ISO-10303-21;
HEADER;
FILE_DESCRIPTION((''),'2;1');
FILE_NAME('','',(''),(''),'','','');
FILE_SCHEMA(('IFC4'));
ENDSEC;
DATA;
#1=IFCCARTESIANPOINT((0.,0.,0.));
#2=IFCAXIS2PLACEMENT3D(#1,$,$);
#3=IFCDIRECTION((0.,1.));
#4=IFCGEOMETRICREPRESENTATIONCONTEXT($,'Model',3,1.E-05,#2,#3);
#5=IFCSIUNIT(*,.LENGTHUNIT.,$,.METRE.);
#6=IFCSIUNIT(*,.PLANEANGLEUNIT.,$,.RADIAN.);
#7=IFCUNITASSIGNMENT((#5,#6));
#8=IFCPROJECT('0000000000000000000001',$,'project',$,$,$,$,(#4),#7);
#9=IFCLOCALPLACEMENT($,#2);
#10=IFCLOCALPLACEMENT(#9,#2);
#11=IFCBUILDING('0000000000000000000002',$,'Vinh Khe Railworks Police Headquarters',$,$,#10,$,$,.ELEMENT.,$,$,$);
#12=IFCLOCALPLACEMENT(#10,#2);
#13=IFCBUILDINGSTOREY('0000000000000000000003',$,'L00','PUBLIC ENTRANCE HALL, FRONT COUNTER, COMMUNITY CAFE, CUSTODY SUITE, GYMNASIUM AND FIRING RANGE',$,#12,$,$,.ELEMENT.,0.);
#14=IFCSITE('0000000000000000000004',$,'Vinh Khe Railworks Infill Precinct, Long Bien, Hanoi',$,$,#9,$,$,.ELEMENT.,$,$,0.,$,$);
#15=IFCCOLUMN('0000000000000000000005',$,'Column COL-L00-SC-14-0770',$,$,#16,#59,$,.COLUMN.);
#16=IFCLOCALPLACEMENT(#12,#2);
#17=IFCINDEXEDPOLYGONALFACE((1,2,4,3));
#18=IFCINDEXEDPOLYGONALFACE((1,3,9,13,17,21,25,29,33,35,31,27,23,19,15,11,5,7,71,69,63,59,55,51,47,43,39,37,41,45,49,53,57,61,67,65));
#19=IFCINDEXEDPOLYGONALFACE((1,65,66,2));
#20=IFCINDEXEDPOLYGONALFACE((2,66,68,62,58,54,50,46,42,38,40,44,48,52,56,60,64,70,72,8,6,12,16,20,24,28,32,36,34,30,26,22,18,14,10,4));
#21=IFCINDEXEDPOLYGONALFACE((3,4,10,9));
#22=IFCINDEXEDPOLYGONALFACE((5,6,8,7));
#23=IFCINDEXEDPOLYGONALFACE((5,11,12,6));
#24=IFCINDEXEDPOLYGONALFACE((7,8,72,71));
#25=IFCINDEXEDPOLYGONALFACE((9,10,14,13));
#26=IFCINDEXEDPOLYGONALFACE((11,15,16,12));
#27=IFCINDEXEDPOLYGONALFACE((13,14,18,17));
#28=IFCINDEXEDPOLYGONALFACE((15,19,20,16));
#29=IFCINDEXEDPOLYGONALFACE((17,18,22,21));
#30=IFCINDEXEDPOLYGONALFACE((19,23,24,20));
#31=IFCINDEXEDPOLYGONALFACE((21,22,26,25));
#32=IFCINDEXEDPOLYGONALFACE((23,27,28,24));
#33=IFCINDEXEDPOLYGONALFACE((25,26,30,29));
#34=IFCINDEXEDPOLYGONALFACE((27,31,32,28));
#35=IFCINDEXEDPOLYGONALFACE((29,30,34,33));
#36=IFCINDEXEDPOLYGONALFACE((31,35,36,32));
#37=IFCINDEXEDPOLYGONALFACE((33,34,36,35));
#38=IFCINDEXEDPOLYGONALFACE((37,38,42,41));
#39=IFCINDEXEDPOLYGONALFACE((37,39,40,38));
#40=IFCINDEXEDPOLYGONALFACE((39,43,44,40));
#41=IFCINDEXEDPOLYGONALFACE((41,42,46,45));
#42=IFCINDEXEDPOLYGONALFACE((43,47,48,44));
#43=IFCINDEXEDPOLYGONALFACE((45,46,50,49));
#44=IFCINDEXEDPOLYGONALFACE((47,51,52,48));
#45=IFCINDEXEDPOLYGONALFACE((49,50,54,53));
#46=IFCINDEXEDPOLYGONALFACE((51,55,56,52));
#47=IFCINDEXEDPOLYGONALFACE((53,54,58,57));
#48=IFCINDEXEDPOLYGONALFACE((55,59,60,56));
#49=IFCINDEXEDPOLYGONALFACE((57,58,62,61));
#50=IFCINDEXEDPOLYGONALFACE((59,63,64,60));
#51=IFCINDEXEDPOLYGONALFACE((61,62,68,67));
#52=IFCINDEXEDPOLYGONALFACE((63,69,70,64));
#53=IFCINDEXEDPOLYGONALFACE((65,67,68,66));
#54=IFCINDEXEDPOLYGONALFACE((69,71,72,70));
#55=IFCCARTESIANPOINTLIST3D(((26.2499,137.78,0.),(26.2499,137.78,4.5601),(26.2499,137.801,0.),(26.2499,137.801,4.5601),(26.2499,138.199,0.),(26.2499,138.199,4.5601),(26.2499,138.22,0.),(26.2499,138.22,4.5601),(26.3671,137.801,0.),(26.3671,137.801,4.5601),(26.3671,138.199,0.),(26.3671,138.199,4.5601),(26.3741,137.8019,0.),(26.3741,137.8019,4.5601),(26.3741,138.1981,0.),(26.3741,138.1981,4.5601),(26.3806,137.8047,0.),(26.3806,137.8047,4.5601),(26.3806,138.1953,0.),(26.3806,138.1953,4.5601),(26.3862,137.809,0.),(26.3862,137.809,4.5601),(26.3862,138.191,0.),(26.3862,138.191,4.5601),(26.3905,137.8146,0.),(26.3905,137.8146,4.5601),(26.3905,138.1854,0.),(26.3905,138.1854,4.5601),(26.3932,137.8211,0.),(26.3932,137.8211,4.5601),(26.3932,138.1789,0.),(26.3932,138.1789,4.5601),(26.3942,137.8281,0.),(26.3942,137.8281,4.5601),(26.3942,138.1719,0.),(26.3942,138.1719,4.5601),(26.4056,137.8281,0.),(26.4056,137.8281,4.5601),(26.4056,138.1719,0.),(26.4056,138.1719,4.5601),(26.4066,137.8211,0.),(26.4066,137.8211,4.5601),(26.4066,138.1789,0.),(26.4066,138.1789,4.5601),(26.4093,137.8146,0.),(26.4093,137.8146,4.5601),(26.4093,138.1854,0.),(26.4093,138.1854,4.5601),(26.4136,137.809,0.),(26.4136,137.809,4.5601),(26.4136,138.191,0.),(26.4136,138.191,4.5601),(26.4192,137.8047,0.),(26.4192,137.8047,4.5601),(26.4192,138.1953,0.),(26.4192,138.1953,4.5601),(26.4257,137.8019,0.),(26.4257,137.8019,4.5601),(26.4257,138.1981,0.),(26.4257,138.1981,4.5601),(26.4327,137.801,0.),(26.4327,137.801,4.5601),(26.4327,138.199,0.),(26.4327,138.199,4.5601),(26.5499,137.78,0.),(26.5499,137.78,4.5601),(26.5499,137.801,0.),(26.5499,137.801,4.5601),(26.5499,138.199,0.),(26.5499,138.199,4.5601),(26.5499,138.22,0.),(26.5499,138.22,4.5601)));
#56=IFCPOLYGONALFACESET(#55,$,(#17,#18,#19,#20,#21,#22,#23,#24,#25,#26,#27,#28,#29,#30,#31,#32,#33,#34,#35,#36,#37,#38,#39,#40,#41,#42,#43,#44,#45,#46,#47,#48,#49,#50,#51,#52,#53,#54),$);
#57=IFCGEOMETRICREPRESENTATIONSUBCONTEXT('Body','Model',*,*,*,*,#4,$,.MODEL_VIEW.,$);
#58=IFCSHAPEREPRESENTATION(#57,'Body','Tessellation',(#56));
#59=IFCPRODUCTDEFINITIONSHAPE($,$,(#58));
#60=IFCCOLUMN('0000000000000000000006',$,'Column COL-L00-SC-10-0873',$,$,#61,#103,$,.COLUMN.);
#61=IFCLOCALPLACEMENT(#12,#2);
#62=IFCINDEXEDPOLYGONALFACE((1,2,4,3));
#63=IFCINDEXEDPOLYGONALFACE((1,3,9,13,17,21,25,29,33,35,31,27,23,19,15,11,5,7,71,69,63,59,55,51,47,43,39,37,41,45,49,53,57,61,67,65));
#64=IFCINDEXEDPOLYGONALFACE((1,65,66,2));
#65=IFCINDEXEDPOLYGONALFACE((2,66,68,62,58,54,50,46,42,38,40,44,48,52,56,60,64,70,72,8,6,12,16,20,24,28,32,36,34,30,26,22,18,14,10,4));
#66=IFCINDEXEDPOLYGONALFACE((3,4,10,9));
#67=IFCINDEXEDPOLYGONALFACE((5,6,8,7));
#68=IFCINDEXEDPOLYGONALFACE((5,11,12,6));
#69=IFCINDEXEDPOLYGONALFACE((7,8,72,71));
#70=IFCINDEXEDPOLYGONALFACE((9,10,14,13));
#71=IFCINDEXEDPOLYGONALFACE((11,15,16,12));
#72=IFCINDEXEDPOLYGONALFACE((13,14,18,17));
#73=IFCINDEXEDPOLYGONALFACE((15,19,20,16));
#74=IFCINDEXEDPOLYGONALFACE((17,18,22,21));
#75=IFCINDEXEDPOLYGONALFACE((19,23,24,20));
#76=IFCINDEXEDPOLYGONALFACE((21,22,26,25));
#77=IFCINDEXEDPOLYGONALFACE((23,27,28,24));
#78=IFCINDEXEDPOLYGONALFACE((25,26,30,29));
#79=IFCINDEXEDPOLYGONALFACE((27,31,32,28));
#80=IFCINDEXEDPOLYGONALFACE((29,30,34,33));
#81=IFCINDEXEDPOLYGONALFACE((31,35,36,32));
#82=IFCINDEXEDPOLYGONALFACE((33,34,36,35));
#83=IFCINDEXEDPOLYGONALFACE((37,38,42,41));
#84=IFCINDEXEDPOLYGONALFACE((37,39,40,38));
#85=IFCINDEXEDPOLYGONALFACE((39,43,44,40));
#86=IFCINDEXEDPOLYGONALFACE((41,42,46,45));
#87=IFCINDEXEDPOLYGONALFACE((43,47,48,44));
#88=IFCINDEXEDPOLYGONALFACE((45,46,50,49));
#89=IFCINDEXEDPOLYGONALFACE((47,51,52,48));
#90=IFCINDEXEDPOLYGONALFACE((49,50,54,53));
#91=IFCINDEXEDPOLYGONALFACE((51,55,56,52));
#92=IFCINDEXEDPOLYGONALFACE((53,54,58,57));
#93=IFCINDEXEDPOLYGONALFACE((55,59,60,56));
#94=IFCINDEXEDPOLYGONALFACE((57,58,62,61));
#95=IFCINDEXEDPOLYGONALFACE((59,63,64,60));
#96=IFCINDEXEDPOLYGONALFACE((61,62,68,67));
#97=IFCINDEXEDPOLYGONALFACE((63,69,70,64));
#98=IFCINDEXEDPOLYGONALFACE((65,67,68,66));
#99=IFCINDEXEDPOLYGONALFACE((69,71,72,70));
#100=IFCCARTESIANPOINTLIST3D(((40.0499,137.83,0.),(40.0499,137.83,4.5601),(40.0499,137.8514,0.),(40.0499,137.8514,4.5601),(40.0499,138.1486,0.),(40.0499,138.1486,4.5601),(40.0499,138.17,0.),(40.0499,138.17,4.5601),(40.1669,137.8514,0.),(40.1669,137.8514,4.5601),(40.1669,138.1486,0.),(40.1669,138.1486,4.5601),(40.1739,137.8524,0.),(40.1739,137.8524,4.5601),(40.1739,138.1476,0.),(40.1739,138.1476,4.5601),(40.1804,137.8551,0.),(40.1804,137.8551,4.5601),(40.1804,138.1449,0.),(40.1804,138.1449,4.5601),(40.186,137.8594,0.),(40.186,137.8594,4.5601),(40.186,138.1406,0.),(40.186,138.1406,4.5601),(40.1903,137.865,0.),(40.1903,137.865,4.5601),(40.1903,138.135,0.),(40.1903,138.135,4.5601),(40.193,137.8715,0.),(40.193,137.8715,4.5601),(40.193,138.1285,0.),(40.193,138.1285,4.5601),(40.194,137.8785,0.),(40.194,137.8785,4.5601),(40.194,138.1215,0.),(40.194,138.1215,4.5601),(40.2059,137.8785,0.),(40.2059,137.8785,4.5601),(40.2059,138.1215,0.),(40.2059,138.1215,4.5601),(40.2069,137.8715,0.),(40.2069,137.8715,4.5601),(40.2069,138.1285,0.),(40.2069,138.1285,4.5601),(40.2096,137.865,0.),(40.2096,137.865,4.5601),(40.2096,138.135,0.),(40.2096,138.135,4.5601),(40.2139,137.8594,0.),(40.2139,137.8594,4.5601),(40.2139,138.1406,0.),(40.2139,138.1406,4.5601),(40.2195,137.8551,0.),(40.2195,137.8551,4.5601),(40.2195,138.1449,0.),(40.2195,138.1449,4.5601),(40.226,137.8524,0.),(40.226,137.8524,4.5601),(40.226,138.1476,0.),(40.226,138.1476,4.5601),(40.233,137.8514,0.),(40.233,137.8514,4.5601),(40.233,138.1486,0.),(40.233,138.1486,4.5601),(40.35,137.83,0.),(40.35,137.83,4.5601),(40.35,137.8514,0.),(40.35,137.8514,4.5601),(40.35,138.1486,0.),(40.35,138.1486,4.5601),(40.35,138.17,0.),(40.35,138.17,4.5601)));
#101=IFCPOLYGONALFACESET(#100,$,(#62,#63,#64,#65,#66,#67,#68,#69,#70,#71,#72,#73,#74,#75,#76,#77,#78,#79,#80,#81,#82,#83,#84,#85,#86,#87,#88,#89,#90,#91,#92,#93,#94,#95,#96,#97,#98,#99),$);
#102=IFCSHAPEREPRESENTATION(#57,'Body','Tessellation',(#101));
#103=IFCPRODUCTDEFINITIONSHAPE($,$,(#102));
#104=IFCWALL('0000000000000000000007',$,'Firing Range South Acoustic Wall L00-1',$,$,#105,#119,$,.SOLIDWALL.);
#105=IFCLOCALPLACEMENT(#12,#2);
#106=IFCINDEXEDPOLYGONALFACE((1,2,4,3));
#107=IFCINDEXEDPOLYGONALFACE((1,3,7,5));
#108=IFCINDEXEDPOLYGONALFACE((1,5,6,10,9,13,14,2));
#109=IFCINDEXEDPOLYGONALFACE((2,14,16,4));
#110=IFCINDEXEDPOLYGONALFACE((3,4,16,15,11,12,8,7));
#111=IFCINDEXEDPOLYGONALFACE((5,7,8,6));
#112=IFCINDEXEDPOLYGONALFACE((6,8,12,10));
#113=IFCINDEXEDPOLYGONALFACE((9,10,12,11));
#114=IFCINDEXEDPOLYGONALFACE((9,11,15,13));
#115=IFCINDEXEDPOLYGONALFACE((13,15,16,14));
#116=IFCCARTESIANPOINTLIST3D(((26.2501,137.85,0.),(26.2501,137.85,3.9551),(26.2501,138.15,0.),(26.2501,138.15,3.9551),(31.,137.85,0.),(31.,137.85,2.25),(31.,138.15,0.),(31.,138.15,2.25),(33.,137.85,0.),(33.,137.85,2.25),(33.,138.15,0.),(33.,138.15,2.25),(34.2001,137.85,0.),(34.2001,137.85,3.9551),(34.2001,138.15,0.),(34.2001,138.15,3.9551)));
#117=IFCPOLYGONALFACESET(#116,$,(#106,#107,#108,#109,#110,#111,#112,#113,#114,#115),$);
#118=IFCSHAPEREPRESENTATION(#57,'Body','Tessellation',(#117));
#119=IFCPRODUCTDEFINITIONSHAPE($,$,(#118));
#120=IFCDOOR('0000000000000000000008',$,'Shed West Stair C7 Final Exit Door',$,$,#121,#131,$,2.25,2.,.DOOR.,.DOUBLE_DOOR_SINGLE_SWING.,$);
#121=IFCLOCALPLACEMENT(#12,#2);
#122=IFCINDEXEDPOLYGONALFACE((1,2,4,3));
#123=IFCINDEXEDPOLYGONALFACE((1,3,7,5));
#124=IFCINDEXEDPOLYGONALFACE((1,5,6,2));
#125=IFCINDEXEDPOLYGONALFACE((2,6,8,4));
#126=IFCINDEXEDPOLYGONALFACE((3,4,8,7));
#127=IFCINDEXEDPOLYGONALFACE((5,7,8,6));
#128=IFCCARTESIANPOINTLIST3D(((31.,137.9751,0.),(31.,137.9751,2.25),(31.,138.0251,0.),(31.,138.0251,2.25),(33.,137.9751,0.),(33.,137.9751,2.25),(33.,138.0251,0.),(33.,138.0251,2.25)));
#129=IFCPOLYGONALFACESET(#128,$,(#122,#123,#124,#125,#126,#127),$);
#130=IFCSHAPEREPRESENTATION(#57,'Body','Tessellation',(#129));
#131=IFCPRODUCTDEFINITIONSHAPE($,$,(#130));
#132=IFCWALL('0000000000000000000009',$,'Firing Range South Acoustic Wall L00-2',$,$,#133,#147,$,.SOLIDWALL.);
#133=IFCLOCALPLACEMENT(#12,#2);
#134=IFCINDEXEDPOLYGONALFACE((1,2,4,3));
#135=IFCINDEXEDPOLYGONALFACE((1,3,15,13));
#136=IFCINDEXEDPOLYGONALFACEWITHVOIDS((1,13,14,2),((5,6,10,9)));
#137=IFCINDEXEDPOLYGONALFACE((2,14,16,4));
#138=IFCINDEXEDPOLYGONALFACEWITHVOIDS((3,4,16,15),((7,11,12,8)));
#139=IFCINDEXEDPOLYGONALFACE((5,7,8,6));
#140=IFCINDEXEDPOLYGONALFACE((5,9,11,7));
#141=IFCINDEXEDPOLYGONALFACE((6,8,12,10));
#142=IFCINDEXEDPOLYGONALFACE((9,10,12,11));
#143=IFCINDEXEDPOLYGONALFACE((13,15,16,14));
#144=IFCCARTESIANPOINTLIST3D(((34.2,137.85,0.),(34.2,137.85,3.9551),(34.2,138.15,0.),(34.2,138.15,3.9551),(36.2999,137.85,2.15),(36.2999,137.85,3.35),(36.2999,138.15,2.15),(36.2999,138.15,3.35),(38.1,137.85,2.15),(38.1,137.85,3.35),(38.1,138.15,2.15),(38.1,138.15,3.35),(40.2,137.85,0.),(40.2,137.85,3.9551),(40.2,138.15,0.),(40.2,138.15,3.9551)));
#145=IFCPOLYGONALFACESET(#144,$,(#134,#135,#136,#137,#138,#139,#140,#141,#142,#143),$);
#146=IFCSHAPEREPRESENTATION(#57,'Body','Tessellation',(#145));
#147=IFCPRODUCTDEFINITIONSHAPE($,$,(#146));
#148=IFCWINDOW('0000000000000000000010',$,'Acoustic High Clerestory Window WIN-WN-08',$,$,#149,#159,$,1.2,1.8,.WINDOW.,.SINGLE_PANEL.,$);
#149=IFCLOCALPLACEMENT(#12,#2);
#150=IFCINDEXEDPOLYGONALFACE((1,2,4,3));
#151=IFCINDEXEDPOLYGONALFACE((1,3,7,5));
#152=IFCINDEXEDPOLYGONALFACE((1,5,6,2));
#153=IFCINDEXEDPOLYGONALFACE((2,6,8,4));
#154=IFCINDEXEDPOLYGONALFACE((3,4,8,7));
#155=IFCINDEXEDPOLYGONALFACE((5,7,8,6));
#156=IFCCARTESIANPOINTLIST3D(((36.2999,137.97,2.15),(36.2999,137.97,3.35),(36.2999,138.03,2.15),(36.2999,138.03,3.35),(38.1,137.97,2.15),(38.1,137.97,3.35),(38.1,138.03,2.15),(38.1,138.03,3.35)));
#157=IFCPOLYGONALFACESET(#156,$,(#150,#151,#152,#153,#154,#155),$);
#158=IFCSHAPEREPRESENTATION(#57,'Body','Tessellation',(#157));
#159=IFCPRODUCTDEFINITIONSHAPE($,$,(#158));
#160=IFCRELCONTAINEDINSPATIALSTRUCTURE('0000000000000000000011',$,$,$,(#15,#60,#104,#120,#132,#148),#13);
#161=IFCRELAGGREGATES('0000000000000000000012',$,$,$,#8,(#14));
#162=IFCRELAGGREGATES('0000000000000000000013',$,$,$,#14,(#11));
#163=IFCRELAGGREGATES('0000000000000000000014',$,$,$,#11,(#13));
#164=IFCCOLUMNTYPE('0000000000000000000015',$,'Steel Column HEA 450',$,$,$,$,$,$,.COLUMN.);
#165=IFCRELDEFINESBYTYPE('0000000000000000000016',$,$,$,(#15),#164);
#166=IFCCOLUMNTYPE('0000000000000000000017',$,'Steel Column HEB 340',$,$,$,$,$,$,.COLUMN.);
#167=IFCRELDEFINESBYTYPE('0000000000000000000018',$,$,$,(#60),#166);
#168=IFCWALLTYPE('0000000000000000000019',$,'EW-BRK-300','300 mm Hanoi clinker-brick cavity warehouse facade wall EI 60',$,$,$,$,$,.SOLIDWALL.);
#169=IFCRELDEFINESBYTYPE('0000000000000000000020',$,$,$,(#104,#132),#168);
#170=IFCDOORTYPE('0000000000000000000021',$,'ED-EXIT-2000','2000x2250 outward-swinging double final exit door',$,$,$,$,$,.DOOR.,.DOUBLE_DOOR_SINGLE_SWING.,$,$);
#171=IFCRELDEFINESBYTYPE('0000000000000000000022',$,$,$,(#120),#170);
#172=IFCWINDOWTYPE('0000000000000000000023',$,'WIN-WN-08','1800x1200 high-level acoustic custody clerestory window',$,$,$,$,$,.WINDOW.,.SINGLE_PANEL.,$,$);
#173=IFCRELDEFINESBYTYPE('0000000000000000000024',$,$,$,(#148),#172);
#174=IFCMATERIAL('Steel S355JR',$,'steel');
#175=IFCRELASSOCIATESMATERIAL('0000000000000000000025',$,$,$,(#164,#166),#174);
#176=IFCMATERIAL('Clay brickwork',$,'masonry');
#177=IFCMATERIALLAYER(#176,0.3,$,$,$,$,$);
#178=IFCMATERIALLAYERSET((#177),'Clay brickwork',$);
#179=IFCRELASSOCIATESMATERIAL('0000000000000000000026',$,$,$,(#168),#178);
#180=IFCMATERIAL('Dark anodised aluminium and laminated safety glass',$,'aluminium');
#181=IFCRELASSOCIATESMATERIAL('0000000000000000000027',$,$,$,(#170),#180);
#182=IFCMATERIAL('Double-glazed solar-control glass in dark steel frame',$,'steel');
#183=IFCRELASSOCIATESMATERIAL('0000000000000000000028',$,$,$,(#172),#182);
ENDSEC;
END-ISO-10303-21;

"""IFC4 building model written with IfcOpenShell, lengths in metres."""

from ifc_helpers import new_model, si_unit, direction, frame, frame_2d, origin, origin_2d, place, context, subcontext, project, spatial, rectangle, i_section, extrude, material, layer, layer_set, material_profile, profile_set, type_object, element, fill, save


model = new_model("IFC4")

# Units and contexts
model_context = context("Model", 3, precision=1e-05, world=origin(), true_north=direction((0.0, 1.0)))
body_context = subcontext(model_context, "Body", "Model", "MODEL_VIEW")
ifc_project = project(units=[si_unit("LENGTHUNIT", "METRE"), si_unit("PLANEANGLEUNIT", "RADIAN")], contexts=[model_context])

# Site, building, storey
site_placement = place(None, origin())
site = spatial("IfcSite", under=ifc_project, at=site_placement, Name="Vinh Khe Railworks Infill Precinct, Long Bien, Hanoi", CompositionType="ELEMENT", RefElevation=0.0)
building_placement = place(site_placement, origin())
building = spatial("IfcBuilding", under=site, at=building_placement, Name="Vinh Khe Railworks Police Headquarters", CompositionType="ELEMENT")
storey_placement = place(building_placement, origin())
storey = spatial("IfcBuildingStorey", under=building, at=storey_placement, Name="L00", Description="PUBLIC ENTRANCE HALL, FRONT COUNTER, COMMUNITY CAFE, CUSTODY SUITE, GYMNASIUM AND FIRING RANGE", CompositionType="ELEMENT", Elevation=0.0)

# Columns
ifc_material_1 = material(Name="Steel S355JR", Category="steel")
ifc_material_profile_1 = material_profile(ifc_material_1, i_section(OverallWidth=0.3, OverallDepth=0.4399, WebThickness=0.0115, FlangeThickness=0.021, FilletRadius=0.0271, at=origin_2d()), Name="HEA 450")
ifc_profile_set_1 = profile_set([ifc_material_profile_1], Name="Steel S355JR")
column_type_1 = type_object("IfcColumnType", Name="Steel Column HEA 450", PredefinedType="COLUMN", material=ifc_profile_set_1)
column_1_placement = place(storey_placement, frame((26.3999, 138.0, 0.0), z_axis=(0.0, 0.0, 1.0), x_axis=(1.0, 0.0, 0.0)))
element("IfcColumn", 1, at=column_1_placement, inside=storey, type_object=column_type_1, Name="Column COL-L00-SC-14-0770", PredefinedType="COLUMN", context=body_context, shape_type="SweptSolid", body=[
    extrude(i_section(OverallWidth=0.3, OverallDepth=0.4399, WebThickness=0.0115, FlangeThickness=0.021, FilletRadius=0.0271, at=origin_2d()), origin(), (0.0, 0.0, 1.0), 4.5601),
])
ifc_material_profile_2 = material_profile(ifc_material_1, i_section(OverallWidth=0.3, OverallDepth=0.3401, WebThickness=0.012, FlangeThickness=0.0215, FilletRadius=0.0271, at=origin_2d()), Name="HEB 340")
ifc_profile_set_2 = profile_set([ifc_material_profile_2], Name="Steel S355JR")
column_type_2 = type_object("IfcColumnType", Name="Steel Column HEB 340", PredefinedType="COLUMN", material=ifc_profile_set_2)
column_2_placement = place(storey_placement, frame((40.2, 138.0, 0.0), z_axis=(0.0, 0.0, 1.0), x_axis=(1.0, 0.0, 0.0)))
element("IfcColumn", 2, at=column_2_placement, inside=storey, type_object=column_type_2, Name="Column COL-L00-SC-10-0873", PredefinedType="COLUMN", context=body_context, shape_type="SweptSolid", body=[
    extrude(i_section(OverallWidth=0.3, OverallDepth=0.3401, WebThickness=0.012, FlangeThickness=0.0215, FilletRadius=0.0271, at=origin_2d()), origin(), (0.0, 0.0, 1.0), 4.5601),
])

# Wall, opening, door
ifc_material_2 = material(Name="Clay brickwork", Category="masonry")
ifc_layer = layer(ifc_material_2, 0.3)
ifc_layer_set = layer_set([ifc_layer], Name="Clay brickwork")
wall_type = type_object("IfcWallType", Name="EW-BRK-300", Description="300 mm Hanoi clinker-brick cavity warehouse facade wall EI 60", PredefinedType="SOLIDWALL", material=ifc_layer_set)
wall_1_placement = place(storey_placement, frame((26.25, 138.0, 0.0), z_axis=(0.0, 0.0, 1.0), x_axis=(1.0, 0.0, 0.0)))
wall_1 = element("IfcWall", 3, at=wall_1_placement, inside=storey, type_object=wall_type, Name="Firing Range South Acoustic Wall L00-1", PredefinedType="SOLIDWALL", context=body_context, shape_type="SweptSolid", body=[
    extrude(rectangle(XDim=7.95, YDim=0.3, at=frame_2d((3.9751, 0.0))), origin(), (0.0, 0.0, 1.0), 3.9551),
])
opening_1_placement = place(wall_1_placement, frame((4.75, 0.0, 0.0)))
opening_1 = element("IfcOpeningElement", 4, at=opening_1_placement, cuts=wall_1, PredefinedType="OPENING", context=body_context, shape_type="SweptSolid", body=[
    extrude(rectangle(XDim=2.0, YDim=2.25, at=frame_2d((1.0, 1.125))), frame((0.0, 0.165, 0.0), z_axis=(0.0, -1.0, 0.0), x_axis=(1.0, 0.0, 0.0)), (0.0, 0.0, 1.0), 0.3298),
])
ifc_material_3 = material(Name="Dark anodised aluminium and laminated safety glass", Category="aluminium")
door_type = type_object("IfcDoorType", Name="ED-EXIT-2000", Description="2000x2250 outward-swinging double final exit door", OperationType="DOUBLE_DOOR_SINGLE_SWING", PredefinedType="DOOR", material=ifc_material_3)
door_placement = place(opening_1_placement, frame((2.0, 0.0, 0.0), z_axis=(0.0, 0.0, 1.0), x_axis=(-1.0, 0.0, 0.0)))
door = element("IfcDoor", 5, at=door_placement, inside=storey, type_object=door_type, Name="Shed West Stair C7 Final Exit Door", OperationType="DOUBLE_DOOR_SINGLE_SWING", OverallHeight=2.25, OverallWidth=2.0, PredefinedType="DOOR", context=body_context, shape_type="SweptSolid", body=[
    extrude(rectangle(XDim=2.0, YDim=2.25, at=frame_2d((1.0, 1.125))), frame((0.0, 0.0249, 0.0), z_axis=(0.0, -1.0, 0.0), x_axis=(1.0, 0.0, 0.0)), (0.0, 0.0, 1.0), 0.05),
])
fill(opening_1, door)

# Wall, opening, window
wall_2_placement = place(storey_placement, frame((34.2, 138.0, 0.0), z_axis=(0.0, 0.0, 1.0), x_axis=(1.0, 0.0, 0.0)))
wall_2 = element("IfcWall", 6, at=wall_2_placement, inside=storey, type_object=wall_type, Name="Firing Range South Acoustic Wall L00-2", PredefinedType="SOLIDWALL", context=body_context, shape_type="SweptSolid", body=[
    extrude(rectangle(XDim=6.0, YDim=0.3, at=frame_2d((3.0, 0.0))), origin(), (0.0, 0.0, 1.0), 3.9551),
])
opening_2_placement = place(wall_2_placement, frame((2.1001, 0.0, 2.1499)))
opening_2 = element("IfcOpeningElement", 7, at=opening_2_placement, cuts=wall_2, PredefinedType="OPENING", context=body_context, shape_type="SweptSolid", body=[
    extrude(rectangle(XDim=1.8, YDim=1.2, at=frame_2d((0.8999, 0.6001))), frame((0.0, 0.165, 0.0), z_axis=(0.0, -1.0, 0.0), x_axis=(1.0, 0.0, 0.0)), (0.0, 0.0, 1.0), 0.3298),
])
ifc_material_4 = material(Name="Double-glazed solar-control glass in dark steel frame", Category="steel")
window_type_1 = type_object("IfcWindowType", Name="WIN-WN-08", Description="1800x1200 high-level acoustic custody clerestory window", PartitioningType="SINGLE_PANEL", PredefinedType="WINDOW", material=ifc_material_4)
window_1_placement = place(opening_2_placement, origin())
window_1 = element("IfcWindow", 8, at=window_1_placement, inside=storey, type_object=window_type_1, Name="Acoustic High Clerestory Window WIN-WN-08", OverallHeight=1.2, OverallWidth=1.8, PartitioningType="SINGLE_PANEL", PredefinedType="WINDOW", context=body_context, shape_type="SweptSolid", body=[
    extrude(rectangle(XDim=1.8, YDim=1.2, at=frame_2d((0.8999, 0.6001))), frame((0.0, 0.03, 0.0), z_axis=(0.0, -1.0, 0.0), x_axis=(1.0, 0.0, 0.0)), (0.0, 0.0, 1.0), 0.0601),
])
fill(opening_2, window_1)

save(model, "model.ifc")
